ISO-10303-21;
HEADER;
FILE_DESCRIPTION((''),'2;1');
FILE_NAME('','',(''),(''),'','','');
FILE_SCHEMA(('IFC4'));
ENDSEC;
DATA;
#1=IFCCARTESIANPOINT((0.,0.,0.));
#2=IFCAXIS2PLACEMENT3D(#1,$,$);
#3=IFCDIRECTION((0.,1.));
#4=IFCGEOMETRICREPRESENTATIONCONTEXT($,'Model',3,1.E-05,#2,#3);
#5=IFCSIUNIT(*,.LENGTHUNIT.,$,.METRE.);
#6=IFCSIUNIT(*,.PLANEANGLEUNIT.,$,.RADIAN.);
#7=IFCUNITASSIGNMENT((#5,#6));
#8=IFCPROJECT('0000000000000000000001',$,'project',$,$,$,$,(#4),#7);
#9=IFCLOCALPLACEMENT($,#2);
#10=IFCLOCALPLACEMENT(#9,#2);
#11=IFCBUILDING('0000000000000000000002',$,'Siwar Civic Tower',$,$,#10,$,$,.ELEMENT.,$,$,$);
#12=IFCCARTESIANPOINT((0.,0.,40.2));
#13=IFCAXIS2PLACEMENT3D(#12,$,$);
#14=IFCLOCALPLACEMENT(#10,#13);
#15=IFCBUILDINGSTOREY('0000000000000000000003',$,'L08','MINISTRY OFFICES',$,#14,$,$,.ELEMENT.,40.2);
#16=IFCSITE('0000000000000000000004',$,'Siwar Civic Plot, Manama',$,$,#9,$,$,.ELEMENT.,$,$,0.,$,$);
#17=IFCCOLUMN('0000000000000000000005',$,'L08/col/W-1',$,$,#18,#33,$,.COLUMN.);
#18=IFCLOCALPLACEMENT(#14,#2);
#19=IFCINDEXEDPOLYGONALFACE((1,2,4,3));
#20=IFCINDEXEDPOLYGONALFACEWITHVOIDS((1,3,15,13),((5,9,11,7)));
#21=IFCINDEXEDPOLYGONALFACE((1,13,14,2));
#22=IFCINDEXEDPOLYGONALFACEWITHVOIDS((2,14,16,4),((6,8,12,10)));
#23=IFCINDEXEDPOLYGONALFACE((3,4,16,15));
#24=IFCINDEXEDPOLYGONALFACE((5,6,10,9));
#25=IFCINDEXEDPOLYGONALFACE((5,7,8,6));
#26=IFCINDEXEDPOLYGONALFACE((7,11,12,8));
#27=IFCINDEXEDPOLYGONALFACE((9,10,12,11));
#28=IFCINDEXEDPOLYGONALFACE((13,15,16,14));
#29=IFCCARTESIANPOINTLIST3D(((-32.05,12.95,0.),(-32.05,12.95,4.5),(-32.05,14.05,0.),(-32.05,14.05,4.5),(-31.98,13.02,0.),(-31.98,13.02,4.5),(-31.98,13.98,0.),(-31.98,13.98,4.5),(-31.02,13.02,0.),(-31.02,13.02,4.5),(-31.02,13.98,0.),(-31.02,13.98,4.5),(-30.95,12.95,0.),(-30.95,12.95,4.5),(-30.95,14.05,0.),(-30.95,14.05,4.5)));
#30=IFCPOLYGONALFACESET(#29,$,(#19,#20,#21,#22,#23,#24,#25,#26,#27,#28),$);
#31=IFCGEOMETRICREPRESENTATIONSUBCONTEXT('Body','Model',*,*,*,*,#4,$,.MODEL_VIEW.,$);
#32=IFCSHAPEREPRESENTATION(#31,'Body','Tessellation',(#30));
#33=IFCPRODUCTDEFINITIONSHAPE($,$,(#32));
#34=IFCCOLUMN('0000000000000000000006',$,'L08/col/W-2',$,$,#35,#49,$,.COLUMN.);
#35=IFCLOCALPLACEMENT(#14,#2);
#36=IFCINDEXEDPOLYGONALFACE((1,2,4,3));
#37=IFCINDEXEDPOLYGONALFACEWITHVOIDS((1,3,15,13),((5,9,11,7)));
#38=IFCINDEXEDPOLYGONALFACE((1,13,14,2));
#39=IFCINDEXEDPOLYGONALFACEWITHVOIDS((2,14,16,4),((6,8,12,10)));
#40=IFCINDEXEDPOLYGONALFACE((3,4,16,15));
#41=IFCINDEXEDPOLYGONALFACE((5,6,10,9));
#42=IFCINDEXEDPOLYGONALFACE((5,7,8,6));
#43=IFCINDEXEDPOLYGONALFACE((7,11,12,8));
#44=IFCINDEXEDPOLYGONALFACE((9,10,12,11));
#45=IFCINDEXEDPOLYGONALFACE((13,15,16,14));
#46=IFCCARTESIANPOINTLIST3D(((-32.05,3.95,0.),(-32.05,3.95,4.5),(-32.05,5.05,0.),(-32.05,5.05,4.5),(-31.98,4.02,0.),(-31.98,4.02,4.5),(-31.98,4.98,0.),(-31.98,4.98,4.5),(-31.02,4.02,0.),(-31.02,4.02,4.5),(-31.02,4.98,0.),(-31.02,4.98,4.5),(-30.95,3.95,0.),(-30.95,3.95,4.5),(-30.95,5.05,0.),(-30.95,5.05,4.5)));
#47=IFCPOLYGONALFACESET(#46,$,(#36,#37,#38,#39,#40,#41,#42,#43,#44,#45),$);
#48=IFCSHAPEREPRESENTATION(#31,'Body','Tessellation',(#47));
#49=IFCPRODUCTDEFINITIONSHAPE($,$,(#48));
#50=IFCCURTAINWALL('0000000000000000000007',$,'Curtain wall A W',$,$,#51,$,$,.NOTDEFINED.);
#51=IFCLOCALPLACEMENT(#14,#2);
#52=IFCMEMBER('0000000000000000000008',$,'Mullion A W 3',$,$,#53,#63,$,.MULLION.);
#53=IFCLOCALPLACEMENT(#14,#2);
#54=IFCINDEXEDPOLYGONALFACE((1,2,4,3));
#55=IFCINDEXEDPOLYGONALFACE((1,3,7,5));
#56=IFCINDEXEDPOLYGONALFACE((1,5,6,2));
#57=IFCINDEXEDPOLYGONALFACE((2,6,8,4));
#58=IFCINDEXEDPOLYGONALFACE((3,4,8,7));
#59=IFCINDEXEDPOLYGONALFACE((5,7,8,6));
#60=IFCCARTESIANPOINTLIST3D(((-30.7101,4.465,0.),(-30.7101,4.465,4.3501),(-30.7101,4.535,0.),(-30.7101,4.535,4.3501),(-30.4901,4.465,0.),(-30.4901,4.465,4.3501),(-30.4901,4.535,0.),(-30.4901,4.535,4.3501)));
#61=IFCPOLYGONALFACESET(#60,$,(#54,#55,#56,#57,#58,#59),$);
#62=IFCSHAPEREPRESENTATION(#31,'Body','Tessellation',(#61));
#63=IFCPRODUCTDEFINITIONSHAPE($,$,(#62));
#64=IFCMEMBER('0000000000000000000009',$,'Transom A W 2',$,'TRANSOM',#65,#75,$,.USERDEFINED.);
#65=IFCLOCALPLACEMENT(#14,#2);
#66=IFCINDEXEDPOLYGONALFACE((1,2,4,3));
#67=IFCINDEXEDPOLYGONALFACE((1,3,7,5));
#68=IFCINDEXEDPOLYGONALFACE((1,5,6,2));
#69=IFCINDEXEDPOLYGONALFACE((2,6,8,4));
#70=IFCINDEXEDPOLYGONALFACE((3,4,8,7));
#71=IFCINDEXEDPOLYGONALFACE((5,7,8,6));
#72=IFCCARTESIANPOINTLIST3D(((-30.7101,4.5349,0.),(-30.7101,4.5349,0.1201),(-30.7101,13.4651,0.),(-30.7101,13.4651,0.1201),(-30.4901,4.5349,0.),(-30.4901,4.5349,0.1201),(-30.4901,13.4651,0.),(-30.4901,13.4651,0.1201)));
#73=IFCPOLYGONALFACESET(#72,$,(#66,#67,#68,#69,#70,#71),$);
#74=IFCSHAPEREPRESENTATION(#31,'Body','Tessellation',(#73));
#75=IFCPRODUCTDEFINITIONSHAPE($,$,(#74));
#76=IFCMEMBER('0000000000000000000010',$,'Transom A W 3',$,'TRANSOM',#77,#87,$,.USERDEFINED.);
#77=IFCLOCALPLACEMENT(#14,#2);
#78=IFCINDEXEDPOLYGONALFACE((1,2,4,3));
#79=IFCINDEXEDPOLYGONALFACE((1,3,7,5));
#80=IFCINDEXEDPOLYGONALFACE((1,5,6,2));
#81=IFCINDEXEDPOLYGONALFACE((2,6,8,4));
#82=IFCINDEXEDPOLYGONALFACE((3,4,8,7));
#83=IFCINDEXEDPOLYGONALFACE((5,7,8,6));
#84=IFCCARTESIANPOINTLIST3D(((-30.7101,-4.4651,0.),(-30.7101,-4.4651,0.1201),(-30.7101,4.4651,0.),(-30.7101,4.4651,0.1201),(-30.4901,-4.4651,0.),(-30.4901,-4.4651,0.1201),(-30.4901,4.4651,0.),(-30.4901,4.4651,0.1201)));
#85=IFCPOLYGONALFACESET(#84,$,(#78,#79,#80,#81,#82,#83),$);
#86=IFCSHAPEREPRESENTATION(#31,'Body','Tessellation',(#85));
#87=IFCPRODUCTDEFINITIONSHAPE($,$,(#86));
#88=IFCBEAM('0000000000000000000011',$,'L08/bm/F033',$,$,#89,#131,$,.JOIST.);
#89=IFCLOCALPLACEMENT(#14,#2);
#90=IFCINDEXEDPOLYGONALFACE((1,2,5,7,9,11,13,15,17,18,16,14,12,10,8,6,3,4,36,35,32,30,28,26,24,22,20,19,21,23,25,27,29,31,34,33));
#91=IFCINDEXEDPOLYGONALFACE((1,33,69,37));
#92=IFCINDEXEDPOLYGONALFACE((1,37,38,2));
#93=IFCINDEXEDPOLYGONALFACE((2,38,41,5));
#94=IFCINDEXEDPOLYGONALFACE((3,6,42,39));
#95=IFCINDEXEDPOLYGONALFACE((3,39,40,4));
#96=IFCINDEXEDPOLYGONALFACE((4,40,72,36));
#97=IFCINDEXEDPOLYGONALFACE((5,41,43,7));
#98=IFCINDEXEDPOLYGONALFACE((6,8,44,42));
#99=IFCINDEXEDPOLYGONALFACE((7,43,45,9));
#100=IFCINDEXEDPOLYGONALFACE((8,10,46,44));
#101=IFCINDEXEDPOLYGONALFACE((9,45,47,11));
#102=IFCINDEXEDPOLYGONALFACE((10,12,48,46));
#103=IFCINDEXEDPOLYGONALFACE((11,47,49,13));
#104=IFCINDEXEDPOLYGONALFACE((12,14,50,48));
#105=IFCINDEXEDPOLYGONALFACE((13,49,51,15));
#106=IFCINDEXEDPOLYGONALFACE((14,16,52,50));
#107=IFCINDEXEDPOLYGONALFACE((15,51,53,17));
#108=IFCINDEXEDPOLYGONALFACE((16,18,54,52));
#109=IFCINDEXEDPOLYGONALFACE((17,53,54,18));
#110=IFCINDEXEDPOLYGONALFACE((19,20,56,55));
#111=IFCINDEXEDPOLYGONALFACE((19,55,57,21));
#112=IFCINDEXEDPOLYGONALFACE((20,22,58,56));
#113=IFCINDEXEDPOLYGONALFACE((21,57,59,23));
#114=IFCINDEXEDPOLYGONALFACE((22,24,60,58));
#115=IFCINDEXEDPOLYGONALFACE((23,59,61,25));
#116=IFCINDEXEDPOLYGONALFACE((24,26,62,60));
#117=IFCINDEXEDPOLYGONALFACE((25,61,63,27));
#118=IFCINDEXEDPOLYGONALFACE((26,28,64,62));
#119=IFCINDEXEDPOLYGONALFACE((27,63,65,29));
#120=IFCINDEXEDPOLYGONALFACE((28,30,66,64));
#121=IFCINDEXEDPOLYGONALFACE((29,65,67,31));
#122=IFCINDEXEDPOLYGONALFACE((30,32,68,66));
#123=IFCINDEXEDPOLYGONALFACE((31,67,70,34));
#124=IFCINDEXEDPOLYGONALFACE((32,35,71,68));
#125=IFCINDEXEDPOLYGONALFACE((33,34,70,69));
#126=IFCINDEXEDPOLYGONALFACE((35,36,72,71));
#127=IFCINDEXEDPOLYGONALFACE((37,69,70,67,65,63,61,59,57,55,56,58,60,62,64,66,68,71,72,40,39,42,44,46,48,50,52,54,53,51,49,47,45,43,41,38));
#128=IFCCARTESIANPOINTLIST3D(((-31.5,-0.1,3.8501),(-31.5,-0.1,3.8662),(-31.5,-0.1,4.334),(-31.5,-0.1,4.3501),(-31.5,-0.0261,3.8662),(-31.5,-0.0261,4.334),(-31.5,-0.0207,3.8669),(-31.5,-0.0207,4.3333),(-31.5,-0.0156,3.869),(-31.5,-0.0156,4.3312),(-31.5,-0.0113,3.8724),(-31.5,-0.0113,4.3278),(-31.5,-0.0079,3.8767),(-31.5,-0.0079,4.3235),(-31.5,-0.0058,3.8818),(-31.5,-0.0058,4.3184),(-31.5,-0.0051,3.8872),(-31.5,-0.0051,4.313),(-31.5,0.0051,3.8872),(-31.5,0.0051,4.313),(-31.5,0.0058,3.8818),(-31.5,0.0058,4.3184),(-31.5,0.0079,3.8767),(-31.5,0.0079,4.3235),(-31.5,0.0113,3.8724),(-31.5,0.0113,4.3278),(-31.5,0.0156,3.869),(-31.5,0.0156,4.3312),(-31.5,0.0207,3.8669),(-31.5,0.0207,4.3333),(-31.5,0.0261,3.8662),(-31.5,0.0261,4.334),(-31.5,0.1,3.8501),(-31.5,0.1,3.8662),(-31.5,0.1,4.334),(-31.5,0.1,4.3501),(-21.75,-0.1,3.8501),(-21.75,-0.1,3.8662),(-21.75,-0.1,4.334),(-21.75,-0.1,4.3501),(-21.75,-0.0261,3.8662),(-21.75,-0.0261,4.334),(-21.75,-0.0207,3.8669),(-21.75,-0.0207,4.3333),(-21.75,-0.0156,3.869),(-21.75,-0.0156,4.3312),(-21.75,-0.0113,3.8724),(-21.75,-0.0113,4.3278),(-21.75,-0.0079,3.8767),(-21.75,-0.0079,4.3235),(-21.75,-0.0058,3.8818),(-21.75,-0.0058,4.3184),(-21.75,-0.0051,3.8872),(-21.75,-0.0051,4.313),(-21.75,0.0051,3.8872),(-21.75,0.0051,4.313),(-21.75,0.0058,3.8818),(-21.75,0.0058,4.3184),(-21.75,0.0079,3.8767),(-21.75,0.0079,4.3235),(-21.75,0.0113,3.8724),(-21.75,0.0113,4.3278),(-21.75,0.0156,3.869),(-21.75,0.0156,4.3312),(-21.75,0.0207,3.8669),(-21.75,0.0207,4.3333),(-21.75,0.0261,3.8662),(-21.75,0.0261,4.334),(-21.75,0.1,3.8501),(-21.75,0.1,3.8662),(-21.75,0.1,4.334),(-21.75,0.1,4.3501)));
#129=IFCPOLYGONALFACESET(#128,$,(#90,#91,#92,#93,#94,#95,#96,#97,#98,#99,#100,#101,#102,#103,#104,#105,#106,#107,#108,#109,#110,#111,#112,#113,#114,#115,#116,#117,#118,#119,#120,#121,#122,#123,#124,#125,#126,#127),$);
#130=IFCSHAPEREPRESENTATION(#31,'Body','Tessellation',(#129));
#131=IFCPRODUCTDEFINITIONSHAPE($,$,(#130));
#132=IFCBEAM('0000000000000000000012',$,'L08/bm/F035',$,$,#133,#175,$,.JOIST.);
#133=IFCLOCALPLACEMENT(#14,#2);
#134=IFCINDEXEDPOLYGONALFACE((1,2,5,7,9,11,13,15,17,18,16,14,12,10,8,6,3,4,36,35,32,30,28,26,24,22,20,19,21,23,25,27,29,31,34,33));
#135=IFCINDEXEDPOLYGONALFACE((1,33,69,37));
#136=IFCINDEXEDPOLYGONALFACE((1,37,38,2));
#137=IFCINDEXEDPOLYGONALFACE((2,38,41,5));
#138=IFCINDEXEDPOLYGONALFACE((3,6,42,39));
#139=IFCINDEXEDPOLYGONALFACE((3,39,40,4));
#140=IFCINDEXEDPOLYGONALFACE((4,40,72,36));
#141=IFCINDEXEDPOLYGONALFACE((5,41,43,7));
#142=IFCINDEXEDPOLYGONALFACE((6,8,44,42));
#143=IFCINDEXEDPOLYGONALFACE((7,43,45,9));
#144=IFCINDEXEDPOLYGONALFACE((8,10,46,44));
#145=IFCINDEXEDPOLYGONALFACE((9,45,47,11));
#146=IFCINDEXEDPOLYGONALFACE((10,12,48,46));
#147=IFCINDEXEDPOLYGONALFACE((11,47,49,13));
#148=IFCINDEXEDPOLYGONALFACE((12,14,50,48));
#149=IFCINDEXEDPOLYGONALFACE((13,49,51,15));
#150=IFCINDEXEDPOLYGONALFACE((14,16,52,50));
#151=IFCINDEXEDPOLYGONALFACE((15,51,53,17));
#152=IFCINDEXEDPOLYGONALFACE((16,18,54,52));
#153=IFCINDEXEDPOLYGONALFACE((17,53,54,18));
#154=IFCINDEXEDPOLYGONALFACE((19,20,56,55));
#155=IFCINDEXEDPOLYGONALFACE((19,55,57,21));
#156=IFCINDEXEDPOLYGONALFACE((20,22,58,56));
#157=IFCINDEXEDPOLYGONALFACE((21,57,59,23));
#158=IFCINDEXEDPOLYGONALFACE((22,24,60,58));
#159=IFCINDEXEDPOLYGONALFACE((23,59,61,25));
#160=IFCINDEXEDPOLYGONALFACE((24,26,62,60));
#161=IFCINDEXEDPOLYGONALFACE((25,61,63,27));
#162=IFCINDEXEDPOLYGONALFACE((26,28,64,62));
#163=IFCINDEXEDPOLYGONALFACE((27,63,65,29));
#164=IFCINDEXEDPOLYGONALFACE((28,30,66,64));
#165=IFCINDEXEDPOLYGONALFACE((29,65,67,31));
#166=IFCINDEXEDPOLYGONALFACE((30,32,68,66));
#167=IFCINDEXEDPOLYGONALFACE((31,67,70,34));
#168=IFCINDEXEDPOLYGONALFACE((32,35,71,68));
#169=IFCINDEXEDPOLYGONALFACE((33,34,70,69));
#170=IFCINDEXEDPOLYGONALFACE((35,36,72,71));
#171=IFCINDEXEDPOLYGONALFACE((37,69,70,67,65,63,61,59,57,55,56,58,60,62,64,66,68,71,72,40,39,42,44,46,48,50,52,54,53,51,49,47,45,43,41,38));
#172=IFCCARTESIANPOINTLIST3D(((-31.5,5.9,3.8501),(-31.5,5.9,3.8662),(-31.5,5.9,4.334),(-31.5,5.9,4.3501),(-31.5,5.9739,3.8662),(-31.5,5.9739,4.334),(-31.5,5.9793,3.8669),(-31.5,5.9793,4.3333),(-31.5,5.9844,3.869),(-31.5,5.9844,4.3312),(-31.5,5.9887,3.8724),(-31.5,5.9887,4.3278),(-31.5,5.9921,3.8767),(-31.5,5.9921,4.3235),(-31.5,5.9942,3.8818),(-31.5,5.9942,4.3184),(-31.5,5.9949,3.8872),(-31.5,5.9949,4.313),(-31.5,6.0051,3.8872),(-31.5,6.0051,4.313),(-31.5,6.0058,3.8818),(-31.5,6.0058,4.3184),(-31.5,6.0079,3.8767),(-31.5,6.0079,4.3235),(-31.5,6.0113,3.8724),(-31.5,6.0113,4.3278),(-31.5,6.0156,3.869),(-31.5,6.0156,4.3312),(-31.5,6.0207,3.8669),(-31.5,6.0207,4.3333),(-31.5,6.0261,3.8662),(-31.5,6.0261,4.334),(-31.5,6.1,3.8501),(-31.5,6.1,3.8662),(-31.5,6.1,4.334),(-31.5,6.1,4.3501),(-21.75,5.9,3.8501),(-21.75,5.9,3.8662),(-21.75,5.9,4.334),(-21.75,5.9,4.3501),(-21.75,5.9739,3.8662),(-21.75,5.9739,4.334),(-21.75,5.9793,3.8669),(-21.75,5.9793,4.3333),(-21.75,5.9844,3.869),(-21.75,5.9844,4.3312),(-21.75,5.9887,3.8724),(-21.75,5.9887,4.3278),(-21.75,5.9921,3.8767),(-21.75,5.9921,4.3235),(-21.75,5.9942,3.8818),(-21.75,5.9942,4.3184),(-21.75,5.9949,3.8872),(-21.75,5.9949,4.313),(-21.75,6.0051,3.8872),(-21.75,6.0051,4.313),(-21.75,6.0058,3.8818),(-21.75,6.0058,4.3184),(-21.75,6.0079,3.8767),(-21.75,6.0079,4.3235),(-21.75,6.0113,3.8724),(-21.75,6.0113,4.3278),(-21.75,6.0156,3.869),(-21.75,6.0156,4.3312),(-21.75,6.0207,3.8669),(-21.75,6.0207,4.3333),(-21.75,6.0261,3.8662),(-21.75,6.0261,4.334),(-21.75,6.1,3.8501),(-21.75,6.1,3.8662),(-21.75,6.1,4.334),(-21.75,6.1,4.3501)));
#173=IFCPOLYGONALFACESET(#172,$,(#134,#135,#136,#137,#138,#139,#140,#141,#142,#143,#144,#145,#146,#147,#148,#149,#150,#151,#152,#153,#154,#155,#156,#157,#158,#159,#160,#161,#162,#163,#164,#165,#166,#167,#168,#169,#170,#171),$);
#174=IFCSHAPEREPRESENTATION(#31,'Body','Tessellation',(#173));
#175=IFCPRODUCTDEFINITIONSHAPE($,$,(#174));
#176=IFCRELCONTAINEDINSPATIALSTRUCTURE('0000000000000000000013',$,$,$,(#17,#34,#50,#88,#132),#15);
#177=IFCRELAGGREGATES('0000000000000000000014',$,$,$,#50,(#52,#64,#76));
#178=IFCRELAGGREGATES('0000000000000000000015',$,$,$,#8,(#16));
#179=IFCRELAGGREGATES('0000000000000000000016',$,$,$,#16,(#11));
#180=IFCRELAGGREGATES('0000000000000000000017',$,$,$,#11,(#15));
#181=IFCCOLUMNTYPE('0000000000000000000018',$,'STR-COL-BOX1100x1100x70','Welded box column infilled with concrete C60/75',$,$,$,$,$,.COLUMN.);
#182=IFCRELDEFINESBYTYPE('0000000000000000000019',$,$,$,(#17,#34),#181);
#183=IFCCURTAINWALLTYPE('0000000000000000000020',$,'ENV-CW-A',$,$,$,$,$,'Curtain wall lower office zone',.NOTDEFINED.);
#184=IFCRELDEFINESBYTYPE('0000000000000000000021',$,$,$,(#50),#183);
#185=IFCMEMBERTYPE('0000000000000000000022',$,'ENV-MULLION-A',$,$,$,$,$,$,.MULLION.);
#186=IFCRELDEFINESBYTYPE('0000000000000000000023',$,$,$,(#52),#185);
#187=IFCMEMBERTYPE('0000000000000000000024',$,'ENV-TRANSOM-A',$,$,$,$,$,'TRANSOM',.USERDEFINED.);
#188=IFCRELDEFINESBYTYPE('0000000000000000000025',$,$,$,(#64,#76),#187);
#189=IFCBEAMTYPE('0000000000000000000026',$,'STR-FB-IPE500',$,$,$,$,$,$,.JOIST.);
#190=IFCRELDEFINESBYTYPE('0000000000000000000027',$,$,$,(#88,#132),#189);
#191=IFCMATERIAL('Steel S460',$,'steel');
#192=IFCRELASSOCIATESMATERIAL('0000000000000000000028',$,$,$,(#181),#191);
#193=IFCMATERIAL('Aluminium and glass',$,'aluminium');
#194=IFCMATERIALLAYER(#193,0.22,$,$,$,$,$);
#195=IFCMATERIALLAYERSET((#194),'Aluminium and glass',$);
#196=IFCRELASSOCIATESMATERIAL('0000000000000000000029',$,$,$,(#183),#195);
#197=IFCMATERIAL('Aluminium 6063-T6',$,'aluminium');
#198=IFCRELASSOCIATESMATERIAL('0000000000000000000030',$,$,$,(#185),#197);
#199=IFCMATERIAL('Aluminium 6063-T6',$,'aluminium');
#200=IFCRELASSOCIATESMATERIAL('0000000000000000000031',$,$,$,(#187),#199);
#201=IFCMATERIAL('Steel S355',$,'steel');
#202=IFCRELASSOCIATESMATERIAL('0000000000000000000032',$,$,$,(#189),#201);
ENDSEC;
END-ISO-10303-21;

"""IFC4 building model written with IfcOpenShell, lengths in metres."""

from ifc_helpers import new_model, si_unit, direction, frame, origin, origin_2d, place, context, subcontext, project, spatial, rectangle, hollow_rectangle, i_section, extrude, material, layer, layer_set, material_profile, profile_set, type_object, element, aggregate, save


model = new_model("IFC4")

# Units and contexts
model_context = context("Model", 3, precision=1e-05, world=origin(), true_north=direction((0.0, 1.0)))
body_context = subcontext(model_context, "Body", "Model", "MODEL_VIEW")
ifc_project = project(units=[si_unit("LENGTHUNIT", "METRE"), si_unit("PLANEANGLEUNIT", "RADIAN")], contexts=[model_context])

# Site, building, storey
site_placement = place(None, origin())
site = spatial("IfcSite", under=ifc_project, at=site_placement, Name="Siwar Civic Plot, Manama", CompositionType="ELEMENT", RefElevation=0.0)
building_placement = place(site_placement, origin())
building = spatial("IfcBuilding", under=site, at=building_placement, Name="Siwar Civic Tower", CompositionType="ELEMENT")
storey_placement = place(building_placement, frame((0.0, 0.0, 40.2)))
storey = spatial("IfcBuildingStorey", under=building, at=storey_placement, Name="L08", Description="MINISTRY OFFICES", CompositionType="ELEMENT", Elevation=40.2)

# Columns
ifc_material_1 = material(Name="Steel S460", Category="steel")
ifc_material_profile_1 = material_profile(ifc_material_1, hollow_rectangle(XDim=1.1001, YDim=1.1001, WallThickness=0.0701, at=origin_2d()), Name="BOX1100x1100x70")
ifc_profile_set_1 = profile_set([ifc_material_profile_1], Name="Steel S460")
column_type = type_object("IfcColumnType", Name="STR-COL-BOX1100x1100x70", Description="Welded box column infilled with concrete C60/75", PredefinedType="COLUMN", material=ifc_profile_set_1)
for number, where, z_axis, x_axis, name in (
    (1, (-31.5, 13.5, 0.0), (0.0, 0.0, 1.0), (1.0, 0.0, 0.0), "L08/col/W-1"),
    (2, (-31.5, 4.5, 0.0), (0.0, 0.0, 1.0), (1.0, 0.0, 0.0), "L08/col/W-2"),
):
    element("IfcColumn", number, at=place(storey_placement, frame(where, z_axis=z_axis, x_axis=x_axis)), inside=storey, type_object=column_type, Name=name, PredefinedType="COLUMN", context=body_context, shape_type="SweptSolid", body=[
        extrude(hollow_rectangle(XDim=1.1001, YDim=1.1001, WallThickness=0.0701, at=origin_2d()), origin(), (0.0, 0.0, 1.0), 4.5),
    ])

# Curtain wall, members
ifc_material_2 = material(Name="Aluminium and glass", Category="aluminium")
ifc_layer_1 = layer(ifc_material_2, 0.22)
ifc_layer_set_1 = layer_set([ifc_layer_1], Name="Aluminium and glass")
curtain_wall_type = type_object("IfcCurtainWallType", Name="ENV-CW-A", ElementType="Curtain wall lower office zone", PredefinedType="NOTDEFINED", material=ifc_layer_set_1)
curtain_wall_placement = place(storey_placement, origin())
curtain_wall = element("IfcCurtainWall", 3, at=curtain_wall_placement, inside=storey, type_object=curtain_wall_type, Name="Curtain wall A W", PredefinedType="NOTDEFINED")
ifc_material_3 = material(Name="Aluminium 6063-T6", Category="aluminium")
ifc_material_profile_2 = material_profile(ifc_material_3, rectangle(XDim=0.22, YDim=0.0701, at=origin_2d()), Name="AL 220x70")
ifc_profile_set_2 = profile_set([ifc_material_profile_2], Name="Aluminium 6063-T6")
member_type_1 = type_object("IfcMemberType", Name="ENV-MULLION-A", PredefinedType="MULLION", material=ifc_profile_set_2)
member_1_placement = place(storey_placement, frame((-30.6001, 4.5, 0.0), z_axis=(0.0, 0.0, 1.0), x_axis=(1.0, 0.0, 0.0)))
member_1 = element("IfcMember", 4, at=member_1_placement, type_object=member_type_1, Name="Mullion A W 3", PredefinedType="MULLION", context=body_context, shape_type="SweptSolid", body=[
    extrude(rectangle(XDim=0.22, YDim=0.0701, at=origin_2d()), origin(), (0.0, 0.0, 1.0), 4.3501),
])
ifc_material_4 = material(Name="Aluminium 6063-T6", Category="aluminium")
ifc_material_profile_3 = material_profile(ifc_material_4, rectangle(XDim=0.22, YDim=0.1201, at=origin_2d()), Name="AL 220x120")
ifc_profile_set_3 = profile_set([ifc_material_profile_3], Name="Aluminium 6063-T6")
member_type_2 = type_object("IfcMemberType", Name="ENV-TRANSOM-A", ElementType="TRANSOM", PredefinedType="USERDEFINED", material=ifc_profile_set_3)
member_2_placement = place(storey_placement, frame((-30.6001, 13.4651, 0.0601), z_axis=(0.0, -1.0, 0.0), x_axis=(1.0, 0.0, 0.0)))
member_2 = element("IfcMember", 5, at=member_2_placement, type_object=member_type_2, Name="Transom A W 2", ObjectType="TRANSOM", PredefinedType="USERDEFINED", context=body_context, shape_type="SweptSolid", body=[
    extrude(rectangle(XDim=0.22, YDim=0.1201, at=origin_2d()), origin(), (0.0, 0.0, 1.0), 8.9302),
])
member_3_placement = place(storey_placement, frame((-30.6001, 4.4651, 0.0601), z_axis=(0.0, -1.0, 0.0), x_axis=(1.0, 0.0, 0.0)))
member_3 = element("IfcMember", 6, at=member_3_placement, type_object=member_type_2, Name="Transom A W 3", ObjectType="TRANSOM", PredefinedType="USERDEFINED", context=body_context, shape_type="SweptSolid", body=[
    extrude(rectangle(XDim=0.22, YDim=0.1201, at=origin_2d()), origin(), (0.0, 0.0, 1.0), 8.9302),
])

# Beams
ifc_material_5 = material(Name="Steel S355", Category="steel")
ifc_material_profile_4 = material_profile(ifc_material_5, i_section(OverallWidth=0.2, OverallDepth=0.5, WebThickness=0.0103, FlangeThickness=0.0161, FilletRadius=0.021, at=origin_2d()), Name="IPE500")
ifc_profile_set_4 = profile_set([ifc_material_profile_4], Name="Steel S355")
beam_type_1 = type_object("IfcBeamType", Name="STR-FB-IPE500", PredefinedType="JOIST", material=ifc_profile_set_4)
for number, where, z_axis, x_axis, name in (
    (7, (-31.5, 0.0, 4.1001), (1.0, 0.0, 0.0), (0.0, 1.0, 0.0), "L08/bm/F033"),
    (8, (-31.5, 6.0, 4.1001), (1.0, 0.0, 0.0), (0.0, 1.0, 0.0), "L08/bm/F035"),
):
    element("IfcBeam", number, at=place(storey_placement, frame(where, z_axis=z_axis, x_axis=x_axis)), inside=storey, type_object=beam_type_1, Name=name, PredefinedType="JOIST", context=body_context, shape_type="SweptSolid", body=[
        extrude(i_section(OverallWidth=0.2, OverallDepth=0.5, WebThickness=0.0103, FlangeThickness=0.0161, FilletRadius=0.021, at=origin_2d()), origin(), (0.0, 0.0, 1.0), 9.75),
    ])

aggregate(curtain_wall, [member_1, member_2, member_3])

save(model, "model.ifc")
